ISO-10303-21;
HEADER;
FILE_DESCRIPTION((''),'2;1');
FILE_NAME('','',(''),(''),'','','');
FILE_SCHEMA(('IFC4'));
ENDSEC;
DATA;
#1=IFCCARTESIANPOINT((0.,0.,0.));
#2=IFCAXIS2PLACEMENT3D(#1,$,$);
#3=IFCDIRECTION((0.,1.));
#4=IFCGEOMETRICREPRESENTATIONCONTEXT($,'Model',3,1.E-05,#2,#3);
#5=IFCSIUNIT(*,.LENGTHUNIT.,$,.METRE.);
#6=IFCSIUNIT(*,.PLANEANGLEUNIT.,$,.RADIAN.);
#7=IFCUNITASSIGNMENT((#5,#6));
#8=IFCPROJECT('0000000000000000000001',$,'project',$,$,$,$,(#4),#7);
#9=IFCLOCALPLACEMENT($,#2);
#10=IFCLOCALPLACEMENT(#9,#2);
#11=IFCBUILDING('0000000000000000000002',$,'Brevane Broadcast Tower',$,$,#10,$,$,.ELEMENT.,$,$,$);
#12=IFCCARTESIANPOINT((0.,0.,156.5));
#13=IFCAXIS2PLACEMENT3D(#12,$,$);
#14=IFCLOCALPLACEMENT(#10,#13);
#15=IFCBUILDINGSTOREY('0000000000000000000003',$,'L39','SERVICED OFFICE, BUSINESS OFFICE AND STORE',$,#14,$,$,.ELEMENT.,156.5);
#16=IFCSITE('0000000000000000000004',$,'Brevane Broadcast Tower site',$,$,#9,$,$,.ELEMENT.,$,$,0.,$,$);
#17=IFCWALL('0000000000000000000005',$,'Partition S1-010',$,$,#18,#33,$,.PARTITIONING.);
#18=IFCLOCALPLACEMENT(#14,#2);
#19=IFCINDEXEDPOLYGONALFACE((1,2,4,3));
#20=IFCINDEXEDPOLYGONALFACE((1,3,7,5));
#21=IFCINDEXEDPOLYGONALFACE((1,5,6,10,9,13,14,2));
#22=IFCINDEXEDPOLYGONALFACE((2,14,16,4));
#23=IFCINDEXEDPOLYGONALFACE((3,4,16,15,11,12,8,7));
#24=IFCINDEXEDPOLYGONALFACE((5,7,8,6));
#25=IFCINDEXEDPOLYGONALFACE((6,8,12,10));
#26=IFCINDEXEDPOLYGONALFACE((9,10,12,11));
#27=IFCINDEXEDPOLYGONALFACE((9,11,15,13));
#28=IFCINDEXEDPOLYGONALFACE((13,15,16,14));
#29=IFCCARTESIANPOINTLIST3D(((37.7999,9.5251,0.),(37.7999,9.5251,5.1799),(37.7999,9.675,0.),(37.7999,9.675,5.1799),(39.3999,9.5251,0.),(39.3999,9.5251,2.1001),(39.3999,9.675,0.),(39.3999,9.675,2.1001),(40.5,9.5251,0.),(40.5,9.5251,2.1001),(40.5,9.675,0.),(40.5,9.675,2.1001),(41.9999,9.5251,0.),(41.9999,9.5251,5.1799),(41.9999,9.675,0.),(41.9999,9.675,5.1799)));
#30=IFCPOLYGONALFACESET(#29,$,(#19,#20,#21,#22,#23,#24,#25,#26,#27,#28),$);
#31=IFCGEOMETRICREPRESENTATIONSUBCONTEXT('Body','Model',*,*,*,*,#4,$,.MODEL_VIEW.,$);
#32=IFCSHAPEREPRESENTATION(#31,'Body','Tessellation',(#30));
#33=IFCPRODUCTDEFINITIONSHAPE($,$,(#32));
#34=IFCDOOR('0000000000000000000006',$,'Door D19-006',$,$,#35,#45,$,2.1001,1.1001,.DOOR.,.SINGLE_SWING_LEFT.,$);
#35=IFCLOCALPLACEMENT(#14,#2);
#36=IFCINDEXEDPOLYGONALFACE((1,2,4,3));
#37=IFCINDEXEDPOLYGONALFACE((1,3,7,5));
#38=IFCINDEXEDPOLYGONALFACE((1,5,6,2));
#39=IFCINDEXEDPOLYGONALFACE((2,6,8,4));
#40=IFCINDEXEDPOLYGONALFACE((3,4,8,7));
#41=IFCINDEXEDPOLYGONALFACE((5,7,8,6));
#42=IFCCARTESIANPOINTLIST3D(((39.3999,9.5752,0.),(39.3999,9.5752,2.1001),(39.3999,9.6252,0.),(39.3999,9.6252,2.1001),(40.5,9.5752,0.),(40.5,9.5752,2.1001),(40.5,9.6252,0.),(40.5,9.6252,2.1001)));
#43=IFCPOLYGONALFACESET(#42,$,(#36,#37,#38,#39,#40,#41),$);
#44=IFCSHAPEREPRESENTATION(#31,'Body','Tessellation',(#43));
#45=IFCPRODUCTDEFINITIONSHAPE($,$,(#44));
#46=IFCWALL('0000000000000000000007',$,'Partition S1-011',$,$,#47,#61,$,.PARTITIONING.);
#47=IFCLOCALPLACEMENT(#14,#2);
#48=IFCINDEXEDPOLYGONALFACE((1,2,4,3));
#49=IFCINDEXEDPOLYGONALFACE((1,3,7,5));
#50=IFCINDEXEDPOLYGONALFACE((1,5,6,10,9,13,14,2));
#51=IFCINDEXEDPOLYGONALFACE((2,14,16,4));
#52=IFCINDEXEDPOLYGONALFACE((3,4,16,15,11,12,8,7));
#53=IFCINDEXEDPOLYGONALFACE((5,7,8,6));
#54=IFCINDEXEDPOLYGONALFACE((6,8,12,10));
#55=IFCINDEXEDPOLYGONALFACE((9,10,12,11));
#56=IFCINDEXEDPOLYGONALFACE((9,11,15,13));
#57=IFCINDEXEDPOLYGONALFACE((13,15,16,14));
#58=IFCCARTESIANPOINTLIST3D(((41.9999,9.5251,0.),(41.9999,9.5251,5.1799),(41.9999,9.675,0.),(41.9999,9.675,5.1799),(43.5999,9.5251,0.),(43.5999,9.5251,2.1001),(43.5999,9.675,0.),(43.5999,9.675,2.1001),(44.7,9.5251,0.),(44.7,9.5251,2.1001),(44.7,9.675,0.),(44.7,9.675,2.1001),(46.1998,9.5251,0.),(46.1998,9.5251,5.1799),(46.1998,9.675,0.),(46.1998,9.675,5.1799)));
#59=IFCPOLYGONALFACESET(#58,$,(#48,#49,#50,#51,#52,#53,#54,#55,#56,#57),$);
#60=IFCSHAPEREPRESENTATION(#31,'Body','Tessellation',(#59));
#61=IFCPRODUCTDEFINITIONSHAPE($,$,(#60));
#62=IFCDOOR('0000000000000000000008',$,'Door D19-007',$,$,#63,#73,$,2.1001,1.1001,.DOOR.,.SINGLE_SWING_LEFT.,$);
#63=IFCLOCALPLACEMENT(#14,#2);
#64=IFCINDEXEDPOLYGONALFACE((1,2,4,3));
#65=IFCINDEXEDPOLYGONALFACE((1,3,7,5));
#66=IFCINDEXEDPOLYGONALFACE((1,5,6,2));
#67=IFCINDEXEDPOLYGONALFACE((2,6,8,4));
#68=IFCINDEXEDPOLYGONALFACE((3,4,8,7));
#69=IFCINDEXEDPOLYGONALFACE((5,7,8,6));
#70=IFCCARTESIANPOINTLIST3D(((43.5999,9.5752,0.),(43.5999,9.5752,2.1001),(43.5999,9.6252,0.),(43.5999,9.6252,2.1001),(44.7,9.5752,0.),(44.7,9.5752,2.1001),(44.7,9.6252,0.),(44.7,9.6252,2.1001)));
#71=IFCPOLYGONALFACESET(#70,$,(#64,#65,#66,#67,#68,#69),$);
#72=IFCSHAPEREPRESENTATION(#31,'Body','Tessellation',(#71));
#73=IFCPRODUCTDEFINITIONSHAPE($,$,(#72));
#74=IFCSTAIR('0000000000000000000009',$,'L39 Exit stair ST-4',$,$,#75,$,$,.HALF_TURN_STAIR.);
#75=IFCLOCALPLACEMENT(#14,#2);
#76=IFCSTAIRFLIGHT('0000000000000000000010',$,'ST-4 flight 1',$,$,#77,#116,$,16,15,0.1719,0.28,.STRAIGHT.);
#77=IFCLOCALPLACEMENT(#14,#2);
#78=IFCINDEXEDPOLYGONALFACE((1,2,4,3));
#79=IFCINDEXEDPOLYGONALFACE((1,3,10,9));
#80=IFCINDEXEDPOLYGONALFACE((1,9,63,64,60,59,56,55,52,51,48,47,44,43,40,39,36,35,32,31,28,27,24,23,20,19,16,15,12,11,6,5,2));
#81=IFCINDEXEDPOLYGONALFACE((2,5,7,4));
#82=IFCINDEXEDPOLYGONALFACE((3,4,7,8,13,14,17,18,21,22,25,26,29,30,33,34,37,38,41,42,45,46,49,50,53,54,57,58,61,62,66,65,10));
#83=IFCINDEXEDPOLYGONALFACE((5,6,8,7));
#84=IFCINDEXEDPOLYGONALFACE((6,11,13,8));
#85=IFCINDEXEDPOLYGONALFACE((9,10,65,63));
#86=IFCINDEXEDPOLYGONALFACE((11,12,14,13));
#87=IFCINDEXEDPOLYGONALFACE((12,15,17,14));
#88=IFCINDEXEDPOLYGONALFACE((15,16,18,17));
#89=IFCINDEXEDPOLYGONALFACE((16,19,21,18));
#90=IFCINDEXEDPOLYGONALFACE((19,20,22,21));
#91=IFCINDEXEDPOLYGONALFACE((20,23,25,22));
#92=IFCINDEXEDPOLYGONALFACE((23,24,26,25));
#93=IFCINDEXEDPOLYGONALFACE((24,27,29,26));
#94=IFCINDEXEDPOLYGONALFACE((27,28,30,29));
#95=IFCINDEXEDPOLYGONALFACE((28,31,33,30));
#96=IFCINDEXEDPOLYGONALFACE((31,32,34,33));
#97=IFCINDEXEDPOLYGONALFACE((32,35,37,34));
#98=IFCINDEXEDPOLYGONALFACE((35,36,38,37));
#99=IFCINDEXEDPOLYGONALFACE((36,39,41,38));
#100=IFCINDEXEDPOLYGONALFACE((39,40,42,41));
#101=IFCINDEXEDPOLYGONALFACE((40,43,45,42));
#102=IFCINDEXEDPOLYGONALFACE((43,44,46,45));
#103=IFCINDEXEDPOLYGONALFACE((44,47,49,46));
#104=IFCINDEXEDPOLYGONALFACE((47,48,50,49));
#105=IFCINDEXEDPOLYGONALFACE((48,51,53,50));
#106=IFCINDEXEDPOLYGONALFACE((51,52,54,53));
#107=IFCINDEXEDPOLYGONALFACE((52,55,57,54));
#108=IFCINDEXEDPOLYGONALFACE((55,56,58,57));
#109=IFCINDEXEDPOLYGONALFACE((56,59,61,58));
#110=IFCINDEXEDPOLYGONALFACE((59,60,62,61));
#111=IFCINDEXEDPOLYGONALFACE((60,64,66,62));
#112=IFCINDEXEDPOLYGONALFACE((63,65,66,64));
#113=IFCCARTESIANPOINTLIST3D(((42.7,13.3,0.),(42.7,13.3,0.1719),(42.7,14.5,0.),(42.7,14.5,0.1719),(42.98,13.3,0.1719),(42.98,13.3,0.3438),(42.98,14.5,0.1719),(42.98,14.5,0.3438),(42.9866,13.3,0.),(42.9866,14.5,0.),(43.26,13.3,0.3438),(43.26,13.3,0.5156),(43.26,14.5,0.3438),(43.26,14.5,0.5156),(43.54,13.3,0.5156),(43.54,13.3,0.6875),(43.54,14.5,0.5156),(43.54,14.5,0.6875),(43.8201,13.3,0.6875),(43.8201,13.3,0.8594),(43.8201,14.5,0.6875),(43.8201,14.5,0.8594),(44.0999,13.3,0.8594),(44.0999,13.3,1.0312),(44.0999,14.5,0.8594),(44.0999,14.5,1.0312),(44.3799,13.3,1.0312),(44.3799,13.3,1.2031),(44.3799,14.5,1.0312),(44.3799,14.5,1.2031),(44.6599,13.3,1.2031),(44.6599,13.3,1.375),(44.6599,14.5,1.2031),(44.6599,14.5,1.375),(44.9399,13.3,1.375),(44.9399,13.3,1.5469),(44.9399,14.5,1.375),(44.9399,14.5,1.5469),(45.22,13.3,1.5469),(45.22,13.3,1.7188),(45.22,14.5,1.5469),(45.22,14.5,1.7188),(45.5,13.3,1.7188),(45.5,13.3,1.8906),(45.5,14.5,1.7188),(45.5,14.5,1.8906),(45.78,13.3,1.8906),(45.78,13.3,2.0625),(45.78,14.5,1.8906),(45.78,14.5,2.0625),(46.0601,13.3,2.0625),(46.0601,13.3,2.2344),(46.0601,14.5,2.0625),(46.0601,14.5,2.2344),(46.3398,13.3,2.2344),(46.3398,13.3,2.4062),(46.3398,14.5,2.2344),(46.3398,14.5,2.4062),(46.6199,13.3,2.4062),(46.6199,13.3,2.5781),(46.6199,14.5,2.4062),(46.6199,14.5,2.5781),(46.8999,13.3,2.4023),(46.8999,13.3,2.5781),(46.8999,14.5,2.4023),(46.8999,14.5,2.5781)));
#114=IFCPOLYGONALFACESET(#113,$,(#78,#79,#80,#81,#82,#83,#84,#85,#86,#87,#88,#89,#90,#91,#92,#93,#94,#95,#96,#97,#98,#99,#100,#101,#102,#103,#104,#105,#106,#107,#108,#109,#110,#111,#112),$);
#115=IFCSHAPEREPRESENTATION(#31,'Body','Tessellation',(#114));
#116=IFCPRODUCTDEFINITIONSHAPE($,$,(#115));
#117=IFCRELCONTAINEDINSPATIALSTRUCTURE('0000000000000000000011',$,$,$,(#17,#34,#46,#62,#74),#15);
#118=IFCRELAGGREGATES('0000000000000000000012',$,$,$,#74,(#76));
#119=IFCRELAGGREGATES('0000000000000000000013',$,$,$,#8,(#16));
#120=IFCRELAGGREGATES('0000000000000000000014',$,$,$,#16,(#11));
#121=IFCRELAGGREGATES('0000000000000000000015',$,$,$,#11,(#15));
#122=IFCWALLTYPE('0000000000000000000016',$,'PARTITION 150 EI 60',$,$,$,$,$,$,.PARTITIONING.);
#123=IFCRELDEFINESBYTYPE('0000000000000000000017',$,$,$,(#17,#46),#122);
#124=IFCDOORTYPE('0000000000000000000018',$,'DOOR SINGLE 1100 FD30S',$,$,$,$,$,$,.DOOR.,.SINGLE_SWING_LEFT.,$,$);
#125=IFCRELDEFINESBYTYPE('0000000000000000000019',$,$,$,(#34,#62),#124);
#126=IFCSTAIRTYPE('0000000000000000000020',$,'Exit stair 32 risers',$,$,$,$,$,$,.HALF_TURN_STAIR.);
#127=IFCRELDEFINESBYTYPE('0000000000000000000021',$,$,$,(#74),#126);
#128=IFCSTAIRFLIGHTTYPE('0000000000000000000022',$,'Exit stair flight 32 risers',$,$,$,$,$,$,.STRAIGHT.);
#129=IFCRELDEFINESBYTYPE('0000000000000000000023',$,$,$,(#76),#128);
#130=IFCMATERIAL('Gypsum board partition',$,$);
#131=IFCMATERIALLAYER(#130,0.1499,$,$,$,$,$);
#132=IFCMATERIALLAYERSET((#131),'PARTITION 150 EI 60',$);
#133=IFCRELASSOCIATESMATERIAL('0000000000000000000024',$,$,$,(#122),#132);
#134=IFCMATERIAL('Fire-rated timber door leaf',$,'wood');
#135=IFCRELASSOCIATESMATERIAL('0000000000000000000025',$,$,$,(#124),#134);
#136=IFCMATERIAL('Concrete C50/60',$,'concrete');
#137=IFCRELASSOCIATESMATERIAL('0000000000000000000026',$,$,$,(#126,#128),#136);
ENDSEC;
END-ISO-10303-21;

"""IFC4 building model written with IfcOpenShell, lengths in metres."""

from ifc_helpers import new_model, si_unit, direction, frame, frame_2d, origin, place, context, subcontext, project, spatial, polyline, rectangle, outline, extrude, material, layer, layer_set, type_object, element, fill, aggregate, save


model = new_model("IFC4")

# Units and contexts
model_context = context("Model", 3, precision=1e-05, world=origin(), true_north=direction((0.0, 1.0)))
body_context = subcontext(model_context, "Body", "Model", "MODEL_VIEW")
ifc_project = project(units=[si_unit("LENGTHUNIT", "METRE"), si_unit("PLANEANGLEUNIT", "RADIAN")], contexts=[model_context])

# Site, building, storey
site_placement = place(None, origin())
site = spatial("IfcSite", under=ifc_project, at=site_placement, Name="Brevane Broadcast Tower site", CompositionType="ELEMENT", RefElevation=0.0)
building_placement = place(site_placement, origin())
building = spatial("IfcBuilding", under=site, at=building_placement, Name="Brevane Broadcast Tower", CompositionType="ELEMENT")
storey_placement = place(building_placement, frame((0.0, 0.0, 156.5)))
storey = spatial("IfcBuildingStorey", under=building, at=storey_placement, Name="L39", Description="SERVICED OFFICE, BUSINESS OFFICE AND STORE", CompositionType="ELEMENT", Elevation=156.5)

# Shared definitions
ifc_material_1 = material(Name="Gypsum board partition")

# Walls, openings, doors
ifc_layer_1 = layer(ifc_material_1, 0.1499)
ifc_layer_set_1 = layer_set([ifc_layer_1], Name="PARTITION 150 EI 60")
wall_type_1 = type_object("IfcWallType", Name="PARTITION 150 EI 60", PredefinedType="PARTITIONING", material=ifc_layer_set_1)
wall_1_placement = place(storey_placement, frame((42.0, 9.6001, 0.0), z_axis=(0.0, 0.0, 1.0), x_axis=(-1.0, 0.0, 0.0)))
wall_1 = element("IfcWall", 1, at=wall_1_placement, inside=storey, type_object=wall_type_1, Name="Partition S1-010", PredefinedType="PARTITIONING", context=body_context, shape_type="SweptSolid", body=[
    extrude(rectangle(XDim=4.2, YDim=0.1499, at=frame_2d((2.1001, 0.0))), origin(), (0.0, 0.0, 1.0), 5.1799),
])
opening_1_placement = place(wall_1_placement, frame((1.5, 0.0, 0.0)))
opening_1 = element("IfcOpeningElement", 2, at=opening_1_placement, cuts=wall_1, PredefinedType="OPENING", context=body_context, shape_type="SweptSolid", body=[
    extrude(rectangle(XDim=1.1001, YDim=2.1001, at=frame_2d((0.55, 1.05))), frame((0.0, 0.085, 0.0), z_axis=(0.0, -1.0, 0.0), x_axis=(1.0, 0.0, 0.0)), (0.0, 0.0, 1.0), 0.1699),
])
ifc_material_2 = material(Name="Fire-rated timber door leaf", Category="wood")
door_type_1 = type_object("IfcDoorType", Name="DOOR SINGLE 1100 FD30S", OperationType="SINGLE_SWING_LEFT", PredefinedType="DOOR", material=ifc_material_2)
door_1_placement = place(opening_1_placement, origin())
door_1 = element("IfcDoor", 3, at=door_1_placement, inside=storey, type_object=door_type_1, Name="Door D19-006", OperationType="SINGLE_SWING_LEFT", OverallHeight=2.1001, OverallWidth=1.1001, PredefinedType="DOOR", context=body_context, shape_type="SweptSolid", body=[
    extrude(rectangle(XDim=1.1001, YDim=2.1001, at=frame_2d((0.55, 1.05))), frame((0.0, 0.0249, 0.0), z_axis=(0.0, -1.0, 0.0), x_axis=(1.0, 0.0, 0.0)), (0.0, 0.0, 1.0), 0.05),
])
fill(opening_1, door_1)
wall_2_placement = place(storey_placement, frame((46.2, 9.6001, 0.0), z_axis=(0.0, 0.0, 1.0), x_axis=(-1.0, 0.0, 0.0)))
wall_2 = element("IfcWall", 4, at=wall_2_placement, inside=storey, type_object=wall_type_1, Name="Partition S1-011", PredefinedType="PARTITIONING", context=body_context, shape_type="SweptSolid", body=[
    extrude(rectangle(XDim=4.2, YDim=0.1499, at=frame_2d((2.1001, 0.0))), origin(), (0.0, 0.0, 1.0), 5.1799),
])
opening_2_placement = place(wall_2_placement, frame((1.5, 0.0, 0.0)))
opening_2 = element("IfcOpeningElement", 5, at=opening_2_placement, cuts=wall_2, PredefinedType="OPENING", context=body_context, shape_type="SweptSolid", body=[
    extrude(rectangle(XDim=1.1001, YDim=2.1001, at=frame_2d((0.55, 1.05))), frame((0.0, 0.085, 0.0), z_axis=(0.0, -1.0, 0.0), x_axis=(1.0, 0.0, 0.0)), (0.0, 0.0, 1.0), 0.1699),
])
door_2_placement = place(opening_2_placement, origin())
door_2 = element("IfcDoor", 6, at=door_2_placement, inside=storey, type_object=door_type_1, Name="Door D19-007", OperationType="SINGLE_SWING_LEFT", OverallHeight=2.1001, OverallWidth=1.1001, PredefinedType="DOOR", context=body_context, shape_type="SweptSolid", body=[
    extrude(rectangle(XDim=1.1001, YDim=2.1001, at=frame_2d((0.55, 1.05))), frame((0.0, 0.0249, 0.0), z_axis=(0.0, -1.0, 0.0), x_axis=(1.0, 0.0, 0.0)), (0.0, 0.0, 1.0), 0.05),
])
fill(opening_2, door_2)

# Stair, stair flight
ifc_material_3 = material(Name="Concrete C50/60", Category="concrete")
stair_type = type_object("IfcStairType", Name="Exit stair 32 risers", PredefinedType="HALF_TURN_STAIR", material=ifc_material_3)
stair_placement = place(storey_placement, origin())
stair = element("IfcStair", 7, at=stair_placement, inside=storey, type_object=stair_type, Name="L39 Exit stair ST-4", PredefinedType="HALF_TURN_STAIR")
stair_flight_type = type_object("IfcStairFlightType", Name="Exit stair flight 32 risers", PredefinedType="STRAIGHT", material=ifc_material_3)
stair_flight_placement = place(storey_placement, frame((42.7, 13.8999, 0.0), z_axis=(0.0, 0.0, 1.0), x_axis=(1.0, 0.0, 0.0)))
stair_flight = element("IfcStairFlight", 8, at=stair_flight_placement, type_object=stair_flight_type, Name="ST-4 flight 1", NumberOfRisers=16, NumberOfTreads=15, PredefinedType="STRAIGHT", RiserHeight=0.1719, TreadLength=0.28, context=body_context, shape_type="SweptSolid", body=[
    extrude(outline(polyline([(0.0, 0.0), (0.0, 0.1719), (0.28, 0.1719), (0.28, 0.3438), (0.5601, 0.3438), (0.5601, 0.5156), (0.8401, 0.5156), (0.8401, 0.6875), (1.1201, 0.6875), (1.1201, 0.8594), (1.3999, 0.8594), (1.3999, 1.0312), (1.6799, 1.0312), (1.6799, 1.2031), (1.96, 1.2031), (1.96, 1.375), (2.24, 1.375), (2.24, 1.5469), (2.52, 1.5469), (2.52, 1.7188), (2.8, 1.7188), (2.8, 1.8906), (3.0801, 1.8906), (3.0801, 2.0625), (3.3601, 2.0625), (3.3601, 2.2344), (3.6399, 2.2344), (3.6399, 2.4062), (3.9199, 2.4062), (3.9199, 2.5781), (4.2, 2.5781), (4.2, 2.75), (4.2, 2.4023), (0.2866, 0.0), (0.0, 0.0)])), frame((0.0, 0.6001, 0.0), z_axis=(0.0, -1.0, 0.0), x_axis=(1.0, 0.0, 0.0)), (0.0, 0.0, 1.0), 1.2),
])
aggregate(stair, [stair_flight])

save(model, "model.ifc")
